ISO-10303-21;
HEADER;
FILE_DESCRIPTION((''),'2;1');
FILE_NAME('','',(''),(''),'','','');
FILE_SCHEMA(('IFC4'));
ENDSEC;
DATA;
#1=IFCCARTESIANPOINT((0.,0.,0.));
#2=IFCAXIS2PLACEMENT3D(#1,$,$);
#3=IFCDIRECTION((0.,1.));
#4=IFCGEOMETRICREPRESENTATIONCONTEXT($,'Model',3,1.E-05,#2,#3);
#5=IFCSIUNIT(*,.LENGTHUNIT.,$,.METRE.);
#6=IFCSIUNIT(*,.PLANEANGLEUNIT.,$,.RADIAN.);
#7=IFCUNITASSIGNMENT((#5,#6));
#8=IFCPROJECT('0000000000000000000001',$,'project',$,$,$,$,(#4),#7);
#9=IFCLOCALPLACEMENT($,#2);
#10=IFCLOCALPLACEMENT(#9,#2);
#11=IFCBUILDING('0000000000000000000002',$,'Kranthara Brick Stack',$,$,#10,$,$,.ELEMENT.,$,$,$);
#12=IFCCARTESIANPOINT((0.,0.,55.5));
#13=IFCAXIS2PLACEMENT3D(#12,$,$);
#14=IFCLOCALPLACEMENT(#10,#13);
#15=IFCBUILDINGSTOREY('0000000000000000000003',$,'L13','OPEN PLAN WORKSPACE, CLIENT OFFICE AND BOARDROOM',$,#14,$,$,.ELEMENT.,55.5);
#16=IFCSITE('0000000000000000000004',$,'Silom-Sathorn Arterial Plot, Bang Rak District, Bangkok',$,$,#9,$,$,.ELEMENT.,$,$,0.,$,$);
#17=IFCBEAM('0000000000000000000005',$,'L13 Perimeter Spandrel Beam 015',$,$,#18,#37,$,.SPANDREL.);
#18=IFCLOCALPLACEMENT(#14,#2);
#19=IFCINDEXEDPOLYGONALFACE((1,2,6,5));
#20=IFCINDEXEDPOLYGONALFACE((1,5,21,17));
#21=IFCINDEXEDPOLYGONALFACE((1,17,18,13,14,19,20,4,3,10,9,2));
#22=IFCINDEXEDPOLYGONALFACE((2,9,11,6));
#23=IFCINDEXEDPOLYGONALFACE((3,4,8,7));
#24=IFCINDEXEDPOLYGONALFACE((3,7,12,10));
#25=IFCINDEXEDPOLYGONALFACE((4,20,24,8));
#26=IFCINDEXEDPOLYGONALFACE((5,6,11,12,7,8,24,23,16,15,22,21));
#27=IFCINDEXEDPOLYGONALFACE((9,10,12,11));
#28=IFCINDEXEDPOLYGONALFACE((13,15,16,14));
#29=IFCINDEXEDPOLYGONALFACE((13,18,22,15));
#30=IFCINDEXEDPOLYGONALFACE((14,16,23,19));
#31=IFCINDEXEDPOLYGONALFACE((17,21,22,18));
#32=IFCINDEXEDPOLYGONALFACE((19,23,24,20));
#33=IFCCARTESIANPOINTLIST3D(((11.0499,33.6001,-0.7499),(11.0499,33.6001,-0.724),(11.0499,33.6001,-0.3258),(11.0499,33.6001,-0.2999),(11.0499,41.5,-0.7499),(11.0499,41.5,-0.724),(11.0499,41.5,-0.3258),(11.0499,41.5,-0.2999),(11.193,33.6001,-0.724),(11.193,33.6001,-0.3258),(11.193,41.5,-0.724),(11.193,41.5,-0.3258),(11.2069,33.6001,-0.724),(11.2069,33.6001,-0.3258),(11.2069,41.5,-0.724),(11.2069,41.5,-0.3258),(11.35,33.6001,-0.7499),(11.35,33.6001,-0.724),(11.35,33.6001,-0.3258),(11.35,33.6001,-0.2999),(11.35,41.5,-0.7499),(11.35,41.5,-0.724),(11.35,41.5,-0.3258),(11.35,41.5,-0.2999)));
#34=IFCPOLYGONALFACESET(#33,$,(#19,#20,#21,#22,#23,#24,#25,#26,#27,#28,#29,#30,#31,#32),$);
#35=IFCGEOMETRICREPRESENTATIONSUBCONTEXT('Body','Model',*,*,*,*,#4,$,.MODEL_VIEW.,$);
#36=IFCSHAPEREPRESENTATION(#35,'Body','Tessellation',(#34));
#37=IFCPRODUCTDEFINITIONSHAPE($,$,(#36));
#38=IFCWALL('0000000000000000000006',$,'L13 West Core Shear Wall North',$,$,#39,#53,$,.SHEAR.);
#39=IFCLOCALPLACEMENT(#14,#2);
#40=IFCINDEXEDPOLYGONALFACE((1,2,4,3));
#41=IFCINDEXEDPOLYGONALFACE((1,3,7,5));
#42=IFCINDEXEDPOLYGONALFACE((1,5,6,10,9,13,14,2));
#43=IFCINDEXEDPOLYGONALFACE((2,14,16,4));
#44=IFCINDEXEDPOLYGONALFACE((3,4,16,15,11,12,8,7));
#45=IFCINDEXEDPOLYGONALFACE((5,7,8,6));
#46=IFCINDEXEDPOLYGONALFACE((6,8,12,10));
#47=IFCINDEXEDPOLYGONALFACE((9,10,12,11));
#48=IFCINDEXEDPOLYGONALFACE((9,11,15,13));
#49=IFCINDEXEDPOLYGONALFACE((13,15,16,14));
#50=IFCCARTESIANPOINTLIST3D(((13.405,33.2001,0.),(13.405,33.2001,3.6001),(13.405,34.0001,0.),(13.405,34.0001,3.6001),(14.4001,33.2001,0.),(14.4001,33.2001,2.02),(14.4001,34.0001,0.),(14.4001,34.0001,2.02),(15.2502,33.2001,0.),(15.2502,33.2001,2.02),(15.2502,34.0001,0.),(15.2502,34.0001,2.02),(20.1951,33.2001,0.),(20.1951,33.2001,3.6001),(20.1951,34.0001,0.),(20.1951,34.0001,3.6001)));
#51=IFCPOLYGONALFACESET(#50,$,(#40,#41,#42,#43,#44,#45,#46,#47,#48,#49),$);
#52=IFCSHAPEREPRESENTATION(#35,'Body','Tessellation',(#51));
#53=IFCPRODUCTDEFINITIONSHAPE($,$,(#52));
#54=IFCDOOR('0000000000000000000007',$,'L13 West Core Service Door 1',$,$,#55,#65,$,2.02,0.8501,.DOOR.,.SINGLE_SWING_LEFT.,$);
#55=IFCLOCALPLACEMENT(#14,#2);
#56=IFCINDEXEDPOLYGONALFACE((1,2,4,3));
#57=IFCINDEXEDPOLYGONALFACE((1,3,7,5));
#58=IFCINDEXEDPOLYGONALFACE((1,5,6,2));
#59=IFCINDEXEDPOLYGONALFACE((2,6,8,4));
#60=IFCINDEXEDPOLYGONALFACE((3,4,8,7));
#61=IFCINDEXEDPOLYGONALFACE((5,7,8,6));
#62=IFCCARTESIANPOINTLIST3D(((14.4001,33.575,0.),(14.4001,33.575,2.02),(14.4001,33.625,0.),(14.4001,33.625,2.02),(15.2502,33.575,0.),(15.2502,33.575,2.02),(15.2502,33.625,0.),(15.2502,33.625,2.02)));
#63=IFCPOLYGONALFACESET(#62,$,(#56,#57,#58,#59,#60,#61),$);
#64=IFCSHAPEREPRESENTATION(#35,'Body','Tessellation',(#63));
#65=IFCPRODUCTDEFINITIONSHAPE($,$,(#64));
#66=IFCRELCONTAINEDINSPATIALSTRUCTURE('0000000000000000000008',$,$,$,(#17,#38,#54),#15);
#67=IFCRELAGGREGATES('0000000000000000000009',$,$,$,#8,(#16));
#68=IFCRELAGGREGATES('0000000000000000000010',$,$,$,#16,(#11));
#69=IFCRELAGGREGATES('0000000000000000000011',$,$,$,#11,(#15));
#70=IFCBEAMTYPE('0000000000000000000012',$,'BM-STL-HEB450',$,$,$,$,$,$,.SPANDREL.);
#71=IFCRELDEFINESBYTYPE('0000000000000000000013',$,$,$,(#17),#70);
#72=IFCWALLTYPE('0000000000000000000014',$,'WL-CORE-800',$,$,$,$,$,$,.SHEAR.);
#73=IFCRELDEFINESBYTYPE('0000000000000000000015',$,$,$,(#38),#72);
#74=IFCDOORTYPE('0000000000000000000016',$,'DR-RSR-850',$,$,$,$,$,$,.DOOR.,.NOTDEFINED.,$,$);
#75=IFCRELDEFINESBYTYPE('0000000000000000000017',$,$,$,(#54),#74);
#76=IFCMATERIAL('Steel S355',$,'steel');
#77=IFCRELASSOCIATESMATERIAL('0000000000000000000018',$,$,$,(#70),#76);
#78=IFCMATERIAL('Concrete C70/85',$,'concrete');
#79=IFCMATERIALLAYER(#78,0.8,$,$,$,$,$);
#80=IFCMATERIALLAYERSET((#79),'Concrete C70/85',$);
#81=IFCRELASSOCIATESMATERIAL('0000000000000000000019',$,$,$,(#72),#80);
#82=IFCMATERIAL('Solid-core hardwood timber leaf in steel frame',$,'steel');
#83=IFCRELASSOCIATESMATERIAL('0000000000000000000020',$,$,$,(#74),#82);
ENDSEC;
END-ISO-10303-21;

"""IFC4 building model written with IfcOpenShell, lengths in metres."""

from ifc_helpers import new_model, si_unit, direction, frame, frame_2d, origin, origin_2d, place, context, subcontext, project, spatial, rectangle, i_section, extrude, material, layer, layer_set, material_profile, profile_set, type_object, element, fill, save


model = new_model("IFC4")

# Units and contexts
model_context = context("Model", 3, precision=1e-05, world=origin(), true_north=direction((0.0, 1.0)))
body_context = subcontext(model_context, "Body", "Model", "MODEL_VIEW")
ifc_project = project(units=[si_unit("LENGTHUNIT", "METRE"), si_unit("PLANEANGLEUNIT", "RADIAN")], contexts=[model_context])

# Site, building, storey
site_placement = place(None, origin())
site = spatial("IfcSite", under=ifc_project, at=site_placement, Name="Silom-Sathorn Arterial Plot, Bang Rak District, Bangkok", CompositionType="ELEMENT", RefElevation=0.0)
building_placement = place(site_placement, origin())
building = spatial("IfcBuilding", under=site, at=building_placement, Name="Kranthara Brick Stack", CompositionType="ELEMENT")
storey_placement = place(building_placement, frame((0.0, 0.0, 55.5)))
storey = spatial("IfcBuildingStorey", under=building, at=storey_placement, Name="L13", Description="OPEN PLAN WORKSPACE, CLIENT OFFICE AND BOARDROOM", CompositionType="ELEMENT", Elevation=55.5)

# Beam
ifc_material_1 = material(Name="Steel S355", Category="steel")
ifc_material_profile_1 = material_profile(ifc_material_1, i_section(OverallWidth=0.3, OverallDepth=0.45, WebThickness=0.0139, FlangeThickness=0.0259, at=origin_2d()), Name="HEB 450")
ifc_profile_set_1 = profile_set([ifc_material_profile_1], Name="Steel S355")
beam_type_1 = type_object("IfcBeamType", Name="BM-STL-HEB450", PredefinedType="SPANDREL", material=ifc_profile_set_1)
beam_1_placement = place(storey_placement, frame((11.2, 33.6001, -0.5249), z_axis=(0.0, 1.0, 0.0), x_axis=(-1.0, 0.0, 0.0)))
element("IfcBeam", 1, at=beam_1_placement, inside=storey, type_object=beam_type_1, Name="L13 Perimeter Spandrel Beam 015", PredefinedType="SPANDREL", context=body_context, shape_type="SweptSolid", body=[
    extrude(i_section(OverallWidth=0.3, OverallDepth=0.45, WebThickness=0.0139, FlangeThickness=0.0259, at=origin_2d()), origin(), (0.0, 0.0, 1.0), 7.8999),
])

# Wall, opening, door
ifc_material_2 = material(Name="Concrete C70/85", Category="concrete")
ifc_layer = layer(ifc_material_2, 0.8)
ifc_layer_set = layer_set([ifc_layer], Name="Concrete C70/85")
wall_type = type_object("IfcWallType", Name="WL-CORE-800", PredefinedType="SHEAR", material=ifc_layer_set)
wall_placement = place(storey_placement, frame((13.405, 33.6001, 0.0), z_axis=(0.0, 0.0, 1.0), x_axis=(1.0, 0.0, 0.0)))
wall = element("IfcWall", 2, at=wall_placement, inside=storey, type_object=wall_type, Name="L13 West Core Shear Wall North", PredefinedType="SHEAR", context=body_context, shape_type="SweptSolid", body=[
    extrude(rectangle(XDim=6.79, YDim=0.8, at=frame_2d((3.395, 0.0))), origin(), (0.0, 0.0, 1.0), 3.6001),
])
opening_placement = place(wall_placement, frame((0.9951, 0.0, 0.0)))
opening = element("IfcOpeningElement", 3, at=opening_placement, cuts=wall, PredefinedType="OPENING", context=body_context, shape_type="SweptSolid", body=[
    extrude(rectangle(XDim=0.8501, YDim=2.02, at=frame_2d((0.425, 1.01))), frame((0.0, 0.4099, 0.0), z_axis=(0.0, -1.0, 0.0), x_axis=(1.0, 0.0, 0.0)), (0.0, 0.0, 1.0), 0.8201),
])
ifc_material_3 = material(Name="Solid-core hardwood timber leaf in steel frame", Category="steel")
door_type = type_object("IfcDoorType", Name="DR-RSR-850", OperationType="NOTDEFINED", PredefinedType="DOOR", material=ifc_material_3)
door_placement = place(opening_placement, origin())
door = element("IfcDoor", 4, at=door_placement, inside=storey, type_object=door_type, Name="L13 West Core Service Door 1", OperationType="SINGLE_SWING_LEFT", OverallHeight=2.02, OverallWidth=0.8501, PredefinedType="DOOR", context=body_context, shape_type="SweptSolid", body=[
    extrude(rectangle(XDim=0.8501, YDim=2.02, at=frame_2d((0.425, 1.01))), frame((0.0, 0.0249, 0.0), z_axis=(0.0, -1.0, 0.0), x_axis=(1.0, 0.0, 0.0)), (0.0, 0.0, 1.0), 0.05),
])
fill(opening, door)

save(model, "model.ifc")
